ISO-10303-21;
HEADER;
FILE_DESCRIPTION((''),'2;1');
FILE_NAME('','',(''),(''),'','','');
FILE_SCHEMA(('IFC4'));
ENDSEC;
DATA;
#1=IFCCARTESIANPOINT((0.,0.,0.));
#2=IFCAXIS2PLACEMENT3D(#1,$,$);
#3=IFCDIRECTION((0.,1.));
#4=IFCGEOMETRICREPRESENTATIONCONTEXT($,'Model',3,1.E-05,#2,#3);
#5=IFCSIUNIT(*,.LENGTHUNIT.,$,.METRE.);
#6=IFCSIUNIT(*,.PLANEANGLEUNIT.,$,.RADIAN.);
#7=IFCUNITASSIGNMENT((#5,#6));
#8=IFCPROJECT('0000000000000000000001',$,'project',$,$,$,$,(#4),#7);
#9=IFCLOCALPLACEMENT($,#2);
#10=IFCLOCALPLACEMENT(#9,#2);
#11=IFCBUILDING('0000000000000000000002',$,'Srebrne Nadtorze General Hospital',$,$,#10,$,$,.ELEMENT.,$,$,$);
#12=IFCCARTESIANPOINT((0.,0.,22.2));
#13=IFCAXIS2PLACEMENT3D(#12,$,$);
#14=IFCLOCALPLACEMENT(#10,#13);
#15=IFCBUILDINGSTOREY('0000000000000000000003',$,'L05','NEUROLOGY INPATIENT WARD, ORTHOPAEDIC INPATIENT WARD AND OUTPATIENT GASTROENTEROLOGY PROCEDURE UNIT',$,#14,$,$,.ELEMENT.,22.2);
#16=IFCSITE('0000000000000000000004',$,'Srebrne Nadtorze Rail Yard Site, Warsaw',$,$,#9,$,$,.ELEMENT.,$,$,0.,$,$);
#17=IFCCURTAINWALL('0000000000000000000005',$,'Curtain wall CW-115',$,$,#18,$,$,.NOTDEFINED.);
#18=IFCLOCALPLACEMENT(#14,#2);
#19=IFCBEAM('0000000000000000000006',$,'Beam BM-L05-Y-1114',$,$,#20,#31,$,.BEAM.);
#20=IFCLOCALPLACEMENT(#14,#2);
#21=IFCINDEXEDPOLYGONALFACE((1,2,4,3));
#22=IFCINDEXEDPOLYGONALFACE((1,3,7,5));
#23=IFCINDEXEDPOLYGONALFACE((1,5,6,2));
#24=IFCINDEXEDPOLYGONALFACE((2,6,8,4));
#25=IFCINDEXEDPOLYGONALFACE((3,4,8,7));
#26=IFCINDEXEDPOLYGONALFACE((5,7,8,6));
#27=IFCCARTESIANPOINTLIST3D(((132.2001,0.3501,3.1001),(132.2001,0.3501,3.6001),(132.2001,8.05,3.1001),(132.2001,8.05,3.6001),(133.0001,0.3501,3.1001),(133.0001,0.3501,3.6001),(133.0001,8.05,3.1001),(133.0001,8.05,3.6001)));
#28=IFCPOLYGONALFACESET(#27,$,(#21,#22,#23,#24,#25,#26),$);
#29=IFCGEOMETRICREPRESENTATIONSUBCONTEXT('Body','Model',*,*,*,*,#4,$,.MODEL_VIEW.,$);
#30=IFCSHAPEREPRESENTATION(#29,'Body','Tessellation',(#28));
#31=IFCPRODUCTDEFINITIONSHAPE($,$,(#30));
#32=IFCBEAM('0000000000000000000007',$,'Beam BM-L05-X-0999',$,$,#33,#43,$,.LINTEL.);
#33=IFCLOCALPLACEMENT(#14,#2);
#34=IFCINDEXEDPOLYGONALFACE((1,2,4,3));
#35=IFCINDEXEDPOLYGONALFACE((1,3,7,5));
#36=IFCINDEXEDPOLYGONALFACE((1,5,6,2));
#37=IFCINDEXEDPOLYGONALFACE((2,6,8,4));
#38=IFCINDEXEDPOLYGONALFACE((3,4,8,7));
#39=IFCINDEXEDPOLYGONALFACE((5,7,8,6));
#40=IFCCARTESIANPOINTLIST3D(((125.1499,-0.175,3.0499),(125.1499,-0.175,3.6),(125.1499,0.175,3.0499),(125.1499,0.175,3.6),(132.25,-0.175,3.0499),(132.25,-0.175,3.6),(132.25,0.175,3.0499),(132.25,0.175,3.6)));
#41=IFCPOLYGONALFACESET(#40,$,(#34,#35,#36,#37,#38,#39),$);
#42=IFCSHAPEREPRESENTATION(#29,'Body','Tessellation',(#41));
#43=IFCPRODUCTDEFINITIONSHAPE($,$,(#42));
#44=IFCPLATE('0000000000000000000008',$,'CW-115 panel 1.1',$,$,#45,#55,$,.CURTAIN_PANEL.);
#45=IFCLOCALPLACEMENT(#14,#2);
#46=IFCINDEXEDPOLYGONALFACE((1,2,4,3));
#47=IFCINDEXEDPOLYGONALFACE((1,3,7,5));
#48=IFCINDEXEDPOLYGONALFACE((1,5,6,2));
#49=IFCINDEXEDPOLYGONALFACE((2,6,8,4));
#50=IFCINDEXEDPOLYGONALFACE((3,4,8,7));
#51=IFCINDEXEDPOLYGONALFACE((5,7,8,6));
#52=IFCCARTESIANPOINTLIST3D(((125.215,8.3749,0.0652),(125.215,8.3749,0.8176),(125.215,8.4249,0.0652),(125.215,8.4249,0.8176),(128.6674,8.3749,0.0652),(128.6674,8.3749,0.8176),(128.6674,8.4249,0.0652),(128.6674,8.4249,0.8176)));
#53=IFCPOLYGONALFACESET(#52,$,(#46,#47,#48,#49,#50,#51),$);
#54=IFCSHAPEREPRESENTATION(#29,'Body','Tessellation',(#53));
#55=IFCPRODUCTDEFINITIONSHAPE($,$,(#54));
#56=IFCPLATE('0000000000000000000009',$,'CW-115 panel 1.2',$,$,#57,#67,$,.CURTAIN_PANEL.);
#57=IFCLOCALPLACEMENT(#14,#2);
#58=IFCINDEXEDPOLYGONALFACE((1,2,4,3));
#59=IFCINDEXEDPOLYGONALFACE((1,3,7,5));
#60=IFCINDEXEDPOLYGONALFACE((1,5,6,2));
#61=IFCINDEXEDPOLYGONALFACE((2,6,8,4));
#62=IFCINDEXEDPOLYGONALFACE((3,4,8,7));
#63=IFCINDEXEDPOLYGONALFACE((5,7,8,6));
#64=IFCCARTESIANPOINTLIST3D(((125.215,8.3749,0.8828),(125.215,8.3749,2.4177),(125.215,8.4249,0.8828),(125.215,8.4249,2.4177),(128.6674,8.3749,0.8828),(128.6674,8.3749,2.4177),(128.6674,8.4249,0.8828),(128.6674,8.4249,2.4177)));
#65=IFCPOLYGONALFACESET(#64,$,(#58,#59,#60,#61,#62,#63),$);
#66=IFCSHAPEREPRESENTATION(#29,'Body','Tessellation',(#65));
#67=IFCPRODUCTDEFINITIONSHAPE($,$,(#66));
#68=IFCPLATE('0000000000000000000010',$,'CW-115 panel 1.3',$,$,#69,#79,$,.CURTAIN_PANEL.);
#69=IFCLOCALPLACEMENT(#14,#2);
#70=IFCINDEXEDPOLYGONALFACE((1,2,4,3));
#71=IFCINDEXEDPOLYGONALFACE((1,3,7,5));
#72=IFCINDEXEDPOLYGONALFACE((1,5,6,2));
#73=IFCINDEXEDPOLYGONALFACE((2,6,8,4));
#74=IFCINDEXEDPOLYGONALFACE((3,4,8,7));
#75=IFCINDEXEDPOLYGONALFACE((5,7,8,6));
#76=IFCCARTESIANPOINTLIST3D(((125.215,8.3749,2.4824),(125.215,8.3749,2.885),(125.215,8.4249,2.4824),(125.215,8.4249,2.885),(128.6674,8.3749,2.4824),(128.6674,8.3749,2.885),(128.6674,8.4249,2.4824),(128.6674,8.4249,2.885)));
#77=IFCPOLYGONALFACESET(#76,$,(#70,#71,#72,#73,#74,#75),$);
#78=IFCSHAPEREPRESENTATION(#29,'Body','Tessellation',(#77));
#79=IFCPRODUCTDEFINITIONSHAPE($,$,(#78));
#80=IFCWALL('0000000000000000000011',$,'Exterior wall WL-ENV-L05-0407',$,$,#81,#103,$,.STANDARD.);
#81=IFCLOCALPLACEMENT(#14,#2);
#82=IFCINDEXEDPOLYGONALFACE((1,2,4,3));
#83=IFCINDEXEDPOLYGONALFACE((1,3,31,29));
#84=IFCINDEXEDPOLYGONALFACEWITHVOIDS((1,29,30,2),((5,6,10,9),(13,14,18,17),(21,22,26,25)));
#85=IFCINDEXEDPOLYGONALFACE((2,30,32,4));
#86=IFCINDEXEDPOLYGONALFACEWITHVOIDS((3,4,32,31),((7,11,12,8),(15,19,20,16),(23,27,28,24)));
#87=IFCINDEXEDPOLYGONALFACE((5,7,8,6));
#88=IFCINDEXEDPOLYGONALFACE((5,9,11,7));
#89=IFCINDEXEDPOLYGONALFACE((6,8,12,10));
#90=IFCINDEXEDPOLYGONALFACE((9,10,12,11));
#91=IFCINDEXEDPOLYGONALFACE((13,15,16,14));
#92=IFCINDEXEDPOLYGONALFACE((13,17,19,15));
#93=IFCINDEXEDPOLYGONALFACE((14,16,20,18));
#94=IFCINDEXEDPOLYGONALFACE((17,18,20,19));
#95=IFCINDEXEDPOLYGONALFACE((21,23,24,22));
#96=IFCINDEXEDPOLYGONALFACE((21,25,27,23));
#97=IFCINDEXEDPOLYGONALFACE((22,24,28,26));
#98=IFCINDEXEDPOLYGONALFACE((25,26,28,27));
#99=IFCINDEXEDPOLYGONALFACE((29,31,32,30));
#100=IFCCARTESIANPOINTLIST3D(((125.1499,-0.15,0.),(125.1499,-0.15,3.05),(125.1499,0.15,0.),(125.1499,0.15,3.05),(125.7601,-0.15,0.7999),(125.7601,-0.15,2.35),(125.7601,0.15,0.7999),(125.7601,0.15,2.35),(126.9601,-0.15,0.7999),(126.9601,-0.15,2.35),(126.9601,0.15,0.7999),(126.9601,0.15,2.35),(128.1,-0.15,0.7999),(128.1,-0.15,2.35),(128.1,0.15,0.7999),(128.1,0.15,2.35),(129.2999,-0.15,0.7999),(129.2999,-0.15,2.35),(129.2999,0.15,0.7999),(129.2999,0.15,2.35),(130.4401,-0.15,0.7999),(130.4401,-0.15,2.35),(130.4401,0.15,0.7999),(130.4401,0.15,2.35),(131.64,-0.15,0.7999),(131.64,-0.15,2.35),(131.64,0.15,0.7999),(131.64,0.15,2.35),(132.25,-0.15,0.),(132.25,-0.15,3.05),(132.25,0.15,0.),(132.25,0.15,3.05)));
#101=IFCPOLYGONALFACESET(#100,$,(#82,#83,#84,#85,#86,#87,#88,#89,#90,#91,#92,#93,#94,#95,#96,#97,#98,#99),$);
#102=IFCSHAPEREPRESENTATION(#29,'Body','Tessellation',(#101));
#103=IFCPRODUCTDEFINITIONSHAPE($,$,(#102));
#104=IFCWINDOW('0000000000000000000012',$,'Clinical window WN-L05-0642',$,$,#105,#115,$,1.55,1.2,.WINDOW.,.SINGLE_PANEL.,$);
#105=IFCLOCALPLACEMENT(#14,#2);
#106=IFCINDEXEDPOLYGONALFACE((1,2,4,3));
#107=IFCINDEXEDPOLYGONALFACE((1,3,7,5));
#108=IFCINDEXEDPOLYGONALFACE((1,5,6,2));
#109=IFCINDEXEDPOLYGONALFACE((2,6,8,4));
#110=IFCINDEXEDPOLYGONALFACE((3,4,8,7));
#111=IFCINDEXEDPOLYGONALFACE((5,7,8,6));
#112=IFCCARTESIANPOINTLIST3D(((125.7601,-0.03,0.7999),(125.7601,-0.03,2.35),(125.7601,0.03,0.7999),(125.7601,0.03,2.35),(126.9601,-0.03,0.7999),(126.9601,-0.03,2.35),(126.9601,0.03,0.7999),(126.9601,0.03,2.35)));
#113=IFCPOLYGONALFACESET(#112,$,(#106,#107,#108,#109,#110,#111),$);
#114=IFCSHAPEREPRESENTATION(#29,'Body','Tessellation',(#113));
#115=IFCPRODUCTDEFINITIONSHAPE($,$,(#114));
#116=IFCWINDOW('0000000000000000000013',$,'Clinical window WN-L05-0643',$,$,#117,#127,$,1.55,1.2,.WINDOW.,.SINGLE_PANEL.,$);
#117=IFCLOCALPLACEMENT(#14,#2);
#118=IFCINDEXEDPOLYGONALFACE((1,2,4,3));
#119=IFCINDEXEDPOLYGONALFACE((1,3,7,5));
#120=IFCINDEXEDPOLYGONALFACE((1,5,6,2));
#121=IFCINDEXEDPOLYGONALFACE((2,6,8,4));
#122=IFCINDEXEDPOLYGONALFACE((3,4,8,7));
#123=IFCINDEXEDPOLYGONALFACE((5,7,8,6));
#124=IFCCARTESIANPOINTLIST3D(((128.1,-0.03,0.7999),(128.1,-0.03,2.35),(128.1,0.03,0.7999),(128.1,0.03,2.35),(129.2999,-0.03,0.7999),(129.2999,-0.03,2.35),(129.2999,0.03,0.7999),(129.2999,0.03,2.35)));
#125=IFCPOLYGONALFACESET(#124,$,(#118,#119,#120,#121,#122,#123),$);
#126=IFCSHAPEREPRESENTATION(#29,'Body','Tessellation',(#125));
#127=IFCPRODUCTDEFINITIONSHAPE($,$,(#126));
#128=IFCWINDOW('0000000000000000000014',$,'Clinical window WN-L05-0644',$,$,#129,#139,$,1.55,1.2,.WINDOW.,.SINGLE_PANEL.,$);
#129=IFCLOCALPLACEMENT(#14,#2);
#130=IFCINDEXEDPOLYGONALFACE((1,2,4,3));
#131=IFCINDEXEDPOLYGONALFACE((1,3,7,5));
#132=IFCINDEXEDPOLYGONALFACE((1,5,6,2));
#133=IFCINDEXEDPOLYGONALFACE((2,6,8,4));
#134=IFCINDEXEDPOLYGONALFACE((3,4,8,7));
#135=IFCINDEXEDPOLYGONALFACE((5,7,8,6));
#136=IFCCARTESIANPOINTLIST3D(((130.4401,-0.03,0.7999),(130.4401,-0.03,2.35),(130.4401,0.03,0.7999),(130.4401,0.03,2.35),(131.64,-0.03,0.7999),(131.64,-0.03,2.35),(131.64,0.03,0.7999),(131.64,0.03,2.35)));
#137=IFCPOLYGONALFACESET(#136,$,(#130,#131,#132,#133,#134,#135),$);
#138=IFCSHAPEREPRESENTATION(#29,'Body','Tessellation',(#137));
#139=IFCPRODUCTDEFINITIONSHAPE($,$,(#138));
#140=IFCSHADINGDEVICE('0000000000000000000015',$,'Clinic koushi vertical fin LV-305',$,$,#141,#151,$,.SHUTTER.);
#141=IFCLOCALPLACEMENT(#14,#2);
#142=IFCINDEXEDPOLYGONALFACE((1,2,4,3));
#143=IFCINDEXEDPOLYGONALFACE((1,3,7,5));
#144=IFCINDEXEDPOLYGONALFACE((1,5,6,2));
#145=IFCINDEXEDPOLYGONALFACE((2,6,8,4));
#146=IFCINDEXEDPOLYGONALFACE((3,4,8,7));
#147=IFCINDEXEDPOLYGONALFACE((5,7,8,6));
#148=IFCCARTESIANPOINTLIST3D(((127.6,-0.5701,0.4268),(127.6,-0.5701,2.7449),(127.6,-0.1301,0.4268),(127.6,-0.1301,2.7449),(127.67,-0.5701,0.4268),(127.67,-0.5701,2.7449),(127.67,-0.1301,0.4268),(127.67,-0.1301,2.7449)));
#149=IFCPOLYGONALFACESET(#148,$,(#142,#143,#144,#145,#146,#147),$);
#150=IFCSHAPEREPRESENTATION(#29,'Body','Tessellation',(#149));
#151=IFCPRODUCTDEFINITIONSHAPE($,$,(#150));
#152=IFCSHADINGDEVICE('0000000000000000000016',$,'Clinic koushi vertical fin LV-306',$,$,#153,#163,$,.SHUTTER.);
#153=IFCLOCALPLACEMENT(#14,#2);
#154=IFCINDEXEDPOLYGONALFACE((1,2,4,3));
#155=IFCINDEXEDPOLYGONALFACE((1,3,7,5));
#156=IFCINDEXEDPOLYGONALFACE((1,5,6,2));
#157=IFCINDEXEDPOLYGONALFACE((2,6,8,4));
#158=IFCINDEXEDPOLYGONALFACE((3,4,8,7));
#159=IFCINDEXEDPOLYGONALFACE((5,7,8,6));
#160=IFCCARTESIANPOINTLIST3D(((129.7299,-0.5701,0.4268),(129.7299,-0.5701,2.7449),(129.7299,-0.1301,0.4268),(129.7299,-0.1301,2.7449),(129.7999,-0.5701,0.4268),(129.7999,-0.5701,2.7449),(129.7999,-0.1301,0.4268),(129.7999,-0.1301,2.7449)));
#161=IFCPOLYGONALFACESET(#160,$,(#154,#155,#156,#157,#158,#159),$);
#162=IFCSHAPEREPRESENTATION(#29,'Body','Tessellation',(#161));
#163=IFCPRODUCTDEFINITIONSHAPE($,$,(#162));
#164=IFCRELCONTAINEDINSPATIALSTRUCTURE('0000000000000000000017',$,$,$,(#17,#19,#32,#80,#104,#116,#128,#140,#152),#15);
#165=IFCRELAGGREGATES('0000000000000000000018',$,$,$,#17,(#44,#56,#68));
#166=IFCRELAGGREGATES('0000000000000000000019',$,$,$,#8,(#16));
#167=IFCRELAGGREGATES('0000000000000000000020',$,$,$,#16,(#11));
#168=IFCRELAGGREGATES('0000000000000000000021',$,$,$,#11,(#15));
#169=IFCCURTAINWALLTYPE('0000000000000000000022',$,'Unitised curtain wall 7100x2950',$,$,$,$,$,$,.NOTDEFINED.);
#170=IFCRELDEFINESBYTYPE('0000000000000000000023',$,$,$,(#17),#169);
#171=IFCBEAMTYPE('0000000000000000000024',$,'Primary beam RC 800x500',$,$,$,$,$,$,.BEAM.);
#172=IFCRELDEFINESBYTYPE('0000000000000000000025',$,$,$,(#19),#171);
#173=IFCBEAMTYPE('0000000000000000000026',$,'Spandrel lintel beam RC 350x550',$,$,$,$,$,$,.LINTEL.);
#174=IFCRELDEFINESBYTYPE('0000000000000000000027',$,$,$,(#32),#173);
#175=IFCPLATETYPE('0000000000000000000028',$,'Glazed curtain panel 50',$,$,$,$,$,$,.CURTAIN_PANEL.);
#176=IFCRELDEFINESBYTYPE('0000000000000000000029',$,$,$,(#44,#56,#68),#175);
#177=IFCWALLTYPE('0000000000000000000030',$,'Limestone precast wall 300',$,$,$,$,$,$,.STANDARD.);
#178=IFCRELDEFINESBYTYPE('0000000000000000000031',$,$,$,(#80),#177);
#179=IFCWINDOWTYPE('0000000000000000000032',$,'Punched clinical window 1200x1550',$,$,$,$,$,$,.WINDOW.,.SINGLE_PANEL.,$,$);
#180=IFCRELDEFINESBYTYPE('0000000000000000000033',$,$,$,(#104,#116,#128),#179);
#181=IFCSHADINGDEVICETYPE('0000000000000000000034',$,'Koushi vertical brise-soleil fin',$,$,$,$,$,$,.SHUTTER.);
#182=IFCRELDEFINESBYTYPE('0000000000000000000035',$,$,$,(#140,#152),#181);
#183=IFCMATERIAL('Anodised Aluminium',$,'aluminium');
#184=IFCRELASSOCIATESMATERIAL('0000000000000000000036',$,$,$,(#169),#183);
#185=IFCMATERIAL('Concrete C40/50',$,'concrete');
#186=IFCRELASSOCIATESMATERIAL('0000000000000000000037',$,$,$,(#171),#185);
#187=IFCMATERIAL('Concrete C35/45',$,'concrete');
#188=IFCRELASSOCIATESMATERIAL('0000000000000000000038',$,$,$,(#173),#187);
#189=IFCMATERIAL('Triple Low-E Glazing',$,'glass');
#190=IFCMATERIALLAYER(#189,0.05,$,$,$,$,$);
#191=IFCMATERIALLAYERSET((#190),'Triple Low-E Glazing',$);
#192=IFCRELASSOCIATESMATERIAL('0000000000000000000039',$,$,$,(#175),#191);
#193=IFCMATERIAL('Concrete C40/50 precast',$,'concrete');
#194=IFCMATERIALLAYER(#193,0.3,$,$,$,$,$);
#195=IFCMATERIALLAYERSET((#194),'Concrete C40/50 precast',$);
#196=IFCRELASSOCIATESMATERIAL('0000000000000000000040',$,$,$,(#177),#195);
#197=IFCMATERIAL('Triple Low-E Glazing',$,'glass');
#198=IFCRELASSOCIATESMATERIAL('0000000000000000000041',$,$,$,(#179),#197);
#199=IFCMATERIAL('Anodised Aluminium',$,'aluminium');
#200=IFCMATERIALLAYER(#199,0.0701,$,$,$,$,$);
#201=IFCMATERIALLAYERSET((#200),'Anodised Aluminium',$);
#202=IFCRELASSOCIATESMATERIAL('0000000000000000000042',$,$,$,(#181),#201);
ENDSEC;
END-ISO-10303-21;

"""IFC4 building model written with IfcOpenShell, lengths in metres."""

from ifc_helpers import new_model, si_unit, direction, frame, frame_2d, origin, origin_2d, place, context, subcontext, project, spatial, rectangle, extrude, material, layer, layer_set, material_profile, profile_set, type_object, element, fill, aggregate, save


model = new_model("IFC4")

# Units and contexts
model_context = context("Model", 3, precision=1e-05, world=origin(), true_north=direction((0.0, 1.0)))
body_context = subcontext(model_context, "Body", "Model", "MODEL_VIEW")
ifc_project = project(units=[si_unit("LENGTHUNIT", "METRE"), si_unit("PLANEANGLEUNIT", "RADIAN")], contexts=[model_context])

# Site, building, storey
site_placement = place(None, origin())
site = spatial("IfcSite", under=ifc_project, at=site_placement, Name="Srebrne Nadtorze Rail Yard Site, Warsaw", CompositionType="ELEMENT", RefElevation=0.0)
building_placement = place(site_placement, origin())
building = spatial("IfcBuilding", under=site, at=building_placement, Name="Srebrne Nadtorze General Hospital", CompositionType="ELEMENT")
storey_placement = place(building_placement, frame((0.0, 0.0, 22.2)))
storey = spatial("IfcBuildingStorey", under=building, at=storey_placement, Name="L05", Description="NEUROLOGY INPATIENT WARD, ORTHOPAEDIC INPATIENT WARD AND OUTPATIENT GASTROENTEROLOGY PROCEDURE UNIT", CompositionType="ELEMENT", Elevation=22.2)

# Curtain wall
ifc_material_1 = material(Name="Anodised Aluminium", Category="aluminium")
curtain_wall_type = type_object("IfcCurtainWallType", Name="Unitised curtain wall 7100x2950", PredefinedType="NOTDEFINED", material=ifc_material_1)
curtain_wall_placement = place(storey_placement, origin())
curtain_wall = element("IfcCurtainWall", 1, at=curtain_wall_placement, inside=storey, type_object=curtain_wall_type, Name="Curtain wall CW-115", PredefinedType="NOTDEFINED")

# Beams
ifc_material_2 = material(Name="Concrete C40/50", Category="concrete")
ifc_material_profile_1 = material_profile(ifc_material_2, rectangle(XDim=0.8, YDim=0.5, at=origin_2d()), Name="RC-BM-800x500")
ifc_profile_set_1 = profile_set([ifc_material_profile_1], Name="Concrete C40/50")
beam_type_1 = type_object("IfcBeamType", Name="Primary beam RC 800x500", PredefinedType="BEAM", material=ifc_profile_set_1)
beam_1_placement = place(storey_placement, frame((132.6001, 0.3501, 3.3501), z_axis=(0.0, 1.0, 0.0), x_axis=(-1.0, 0.0, 0.0)))
element("IfcBeam", 2, at=beam_1_placement, inside=storey, type_object=beam_type_1, Name="Beam BM-L05-Y-1114", PredefinedType="BEAM", context=body_context, shape_type="SweptSolid", body=[
    extrude(rectangle(XDim=0.8, YDim=0.5, at=origin_2d()), origin(), (0.0, 0.0, 1.0), 7.7),
])
ifc_material_3 = material(Name="Concrete C35/45", Category="concrete")
ifc_material_profile_2 = material_profile(ifc_material_3, rectangle(XDim=0.3501, YDim=0.55, at=origin_2d()), Name="RC-BM-350x550")
ifc_profile_set_2 = profile_set([ifc_material_profile_2], Name="Concrete C35/45")
beam_type_2 = type_object("IfcBeamType", Name="Spandrel lintel beam RC 350x550", PredefinedType="LINTEL", material=ifc_profile_set_2)
beam_2_placement = place(storey_placement, frame((125.1499, 0.0, 3.325), z_axis=(1.0, 0.0, 0.0), x_axis=(0.0, 1.0, 0.0)))
element("IfcBeam", 3, at=beam_2_placement, inside=storey, type_object=beam_type_2, Name="Beam BM-L05-X-0999", PredefinedType="LINTEL", context=body_context, shape_type="SweptSolid", body=[
    extrude(rectangle(XDim=0.3501, YDim=0.55, at=origin_2d()), origin(), (0.0, 0.0, 1.0), 7.1001),
])

# Plates
ifc_material_4 = material(Name="Triple Low-E Glazing", Category="glass")
ifc_layer_1 = layer(ifc_material_4, 0.05)
ifc_layer_set_1 = layer_set([ifc_layer_1], Name="Triple Low-E Glazing")
plate_type = type_object("IfcPlateType", Name="Glazed curtain panel 50", PredefinedType="CURTAIN_PANEL", material=ifc_layer_set_1)
plate_1_placement = place(storey_placement, frame((126.9412, 8.3999, 0.0652), z_axis=(0.0, 0.0, 1.0), x_axis=(1.0, 0.0, 0.0)))
plate_1 = element("IfcPlate", 4, at=plate_1_placement, type_object=plate_type, Name="CW-115 panel 1.1", PredefinedType="CURTAIN_PANEL", context=body_context, shape_type="SweptSolid", body=[
    extrude(rectangle(XDim=3.4524, YDim=0.05, at=origin_2d()), origin(), (0.0, 0.0, 1.0), 0.7524),
])
plate_2_placement = place(storey_placement, frame((126.9412, 8.3999, 0.8828), z_axis=(0.0, 0.0, 1.0), x_axis=(1.0, 0.0, 0.0)))
plate_2 = element("IfcPlate", 5, at=plate_2_placement, type_object=plate_type, Name="CW-115 panel 1.2", PredefinedType="CURTAIN_PANEL", context=body_context, shape_type="SweptSolid", body=[
    extrude(rectangle(XDim=3.4524, YDim=0.05, at=origin_2d()), origin(), (0.0, 0.0, 1.0), 1.5349),
])
plate_3_placement = place(storey_placement, frame((126.9412, 8.3999, 2.4824), z_axis=(0.0, 0.0, 1.0), x_axis=(1.0, 0.0, 0.0)))
plate_3 = element("IfcPlate", 6, at=plate_3_placement, type_object=plate_type, Name="CW-115 panel 1.3", PredefinedType="CURTAIN_PANEL", context=body_context, shape_type="SweptSolid", body=[
    extrude(rectangle(XDim=3.4524, YDim=0.05, at=origin_2d()), origin(), (0.0, 0.0, 1.0), 0.4026),
])
aggregate(curtain_wall, [plate_1, plate_2, plate_3])

# Wall, openings, windows
ifc_material_5 = material(Name="Concrete C40/50 precast", Category="concrete")
ifc_layer_2 = layer(ifc_material_5, 0.3)
ifc_layer_set_2 = layer_set([ifc_layer_2], Name="Concrete C40/50 precast")
wall_type_1 = type_object("IfcWallType", Name="Limestone precast wall 300", PredefinedType="STANDARD", material=ifc_layer_set_2)
wall_1_placement = place(storey_placement, frame((125.1499, 0.0, 0.0), z_axis=(0.0, 0.0, 1.0), x_axis=(1.0, 0.0, 0.0)))
wall_1 = element("IfcWall", 7, at=wall_1_placement, inside=storey, type_object=wall_type_1, Name="Exterior wall WL-ENV-L05-0407", PredefinedType="STANDARD", context=body_context, shape_type="SweptSolid", body=[
    extrude(rectangle(XDim=7.1001, YDim=0.3, at=frame_2d((3.55, 0.0))), origin(), (0.0, 0.0, 1.0), 3.05),
])
opening_1_placement = place(wall_1_placement, frame((0.6101, 0.0, 0.8)))
opening_1 = element("IfcOpeningElement", 8, at=opening_1_placement, cuts=wall_1, PredefinedType="OPENING", context=body_context, shape_type="SweptSolid", body=[
    extrude(rectangle(XDim=1.2, YDim=1.55, at=frame_2d((0.6001, 0.7749))), frame((0.0, 0.1621, 0.0), z_axis=(0.0, -1.0, 0.0), x_axis=(1.0, 0.0, 0.0)), (0.0, 0.0, 1.0), 0.324),
])
opening_2_placement = place(wall_1_placement, frame((2.95, 0.0, 0.8)))
opening_2 = element("IfcOpeningElement", 9, at=opening_2_placement, cuts=wall_1, PredefinedType="OPENING", context=body_context, shape_type="SweptSolid", body=[
    extrude(rectangle(XDim=1.2, YDim=1.55, at=frame_2d((0.6001, 0.7749))), frame((0.0, 0.1621, 0.0), z_axis=(0.0, -1.0, 0.0), x_axis=(1.0, 0.0, 0.0)), (0.0, 0.0, 1.0), 0.324),
])
opening_3_placement = place(wall_1_placement, frame((5.29, 0.0, 0.8)))
opening_3 = element("IfcOpeningElement", 10, at=opening_3_placement, cuts=wall_1, PredefinedType="OPENING", context=body_context, shape_type="SweptSolid", body=[
    extrude(rectangle(XDim=1.2, YDim=1.55, at=frame_2d((0.6001, 0.7749))), frame((0.0, 0.1621, 0.0), z_axis=(0.0, -1.0, 0.0), x_axis=(1.0, 0.0, 0.0)), (0.0, 0.0, 1.0), 0.324),
])
ifc_material_6 = material(Name="Triple Low-E Glazing", Category="glass")
window_type = type_object("IfcWindowType", Name="Punched clinical window 1200x1550", PartitioningType="SINGLE_PANEL", PredefinedType="WINDOW", material=ifc_material_6)
window_1_placement = place(opening_1_placement, origin())
window_1 = element("IfcWindow", 11, at=window_1_placement, inside=storey, type_object=window_type, Name="Clinical window WN-L05-0642", OverallHeight=1.55, OverallWidth=1.2, PartitioningType="SINGLE_PANEL", PredefinedType="WINDOW", context=body_context, shape_type="SweptSolid", body=[
    extrude(rectangle(XDim=1.2, YDim=1.55, at=frame_2d((0.6001, 0.7749))), frame((0.0, 0.03, 0.0), z_axis=(0.0, -1.0, 0.0), x_axis=(1.0, 0.0, 0.0)), (0.0, 0.0, 1.0), 0.0601),
])
fill(opening_1, window_1)
window_2_placement = place(opening_2_placement, origin())
window_2 = element("IfcWindow", 12, at=window_2_placement, inside=storey, type_object=window_type, Name="Clinical window WN-L05-0643", OverallHeight=1.55, OverallWidth=1.2, PartitioningType="SINGLE_PANEL", PredefinedType="WINDOW", context=body_context, shape_type="SweptSolid", body=[
    extrude(rectangle(XDim=1.2, YDim=1.55, at=frame_2d((0.6001, 0.7749))), frame((0.0, 0.03, 0.0), z_axis=(0.0, -1.0, 0.0), x_axis=(1.0, 0.0, 0.0)), (0.0, 0.0, 1.0), 0.0601),
])
fill(opening_2, window_2)
window_3_placement = place(opening_3_placement, origin())
window_3 = element("IfcWindow", 13, at=window_3_placement, inside=storey, type_object=window_type, Name="Clinical window WN-L05-0644", OverallHeight=1.55, OverallWidth=1.2, PartitioningType="SINGLE_PANEL", PredefinedType="WINDOW", context=body_context, shape_type="SweptSolid", body=[
    extrude(rectangle(XDim=1.2, YDim=1.55, at=frame_2d((0.6001, 0.7749))), frame((0.0, 0.03, 0.0), z_axis=(0.0, -1.0, 0.0), x_axis=(1.0, 0.0, 0.0)), (0.0, 0.0, 1.0), 0.0601),
])
fill(opening_3, window_3)

# Shading devices
ifc_material_7 = material(Name="Anodised Aluminium", Category="aluminium")
ifc_layer_3 = layer(ifc_material_7, 0.0701)
ifc_layer_set_3 = layer_set([ifc_layer_3], Name="Anodised Aluminium")
shading_device_type = type_object("IfcShadingDeviceType", Name="Koushi vertical brise-soleil fin", PredefinedType="SHUTTER", material=ifc_layer_set_3)
for number, where, z_axis, x_axis, name in (
    (14, (127.635, -0.3501, 0.4268), (0.0, 0.0, 1.0), (1.0, 0.0, 0.0), "Clinic koushi vertical fin LV-305"),
    (15, (129.7649, -0.3501, 0.4268), (0.0, 0.0, 1.0), (1.0, 0.0, 0.0), "Clinic koushi vertical fin LV-306"),
):
    element("IfcShadingDevice", number, at=place(storey_placement, frame(where, z_axis=z_axis, x_axis=x_axis)), inside=storey, type_object=shading_device_type, Name=name, PredefinedType="SHUTTER", context=body_context, shape_type="SweptSolid", body=[
        extrude(rectangle(XDim=0.0701, YDim=0.4399, at=origin_2d()), origin(), (0.0, 0.0, 1.0), 2.3181),
    ])

save(model, "model.ifc")
